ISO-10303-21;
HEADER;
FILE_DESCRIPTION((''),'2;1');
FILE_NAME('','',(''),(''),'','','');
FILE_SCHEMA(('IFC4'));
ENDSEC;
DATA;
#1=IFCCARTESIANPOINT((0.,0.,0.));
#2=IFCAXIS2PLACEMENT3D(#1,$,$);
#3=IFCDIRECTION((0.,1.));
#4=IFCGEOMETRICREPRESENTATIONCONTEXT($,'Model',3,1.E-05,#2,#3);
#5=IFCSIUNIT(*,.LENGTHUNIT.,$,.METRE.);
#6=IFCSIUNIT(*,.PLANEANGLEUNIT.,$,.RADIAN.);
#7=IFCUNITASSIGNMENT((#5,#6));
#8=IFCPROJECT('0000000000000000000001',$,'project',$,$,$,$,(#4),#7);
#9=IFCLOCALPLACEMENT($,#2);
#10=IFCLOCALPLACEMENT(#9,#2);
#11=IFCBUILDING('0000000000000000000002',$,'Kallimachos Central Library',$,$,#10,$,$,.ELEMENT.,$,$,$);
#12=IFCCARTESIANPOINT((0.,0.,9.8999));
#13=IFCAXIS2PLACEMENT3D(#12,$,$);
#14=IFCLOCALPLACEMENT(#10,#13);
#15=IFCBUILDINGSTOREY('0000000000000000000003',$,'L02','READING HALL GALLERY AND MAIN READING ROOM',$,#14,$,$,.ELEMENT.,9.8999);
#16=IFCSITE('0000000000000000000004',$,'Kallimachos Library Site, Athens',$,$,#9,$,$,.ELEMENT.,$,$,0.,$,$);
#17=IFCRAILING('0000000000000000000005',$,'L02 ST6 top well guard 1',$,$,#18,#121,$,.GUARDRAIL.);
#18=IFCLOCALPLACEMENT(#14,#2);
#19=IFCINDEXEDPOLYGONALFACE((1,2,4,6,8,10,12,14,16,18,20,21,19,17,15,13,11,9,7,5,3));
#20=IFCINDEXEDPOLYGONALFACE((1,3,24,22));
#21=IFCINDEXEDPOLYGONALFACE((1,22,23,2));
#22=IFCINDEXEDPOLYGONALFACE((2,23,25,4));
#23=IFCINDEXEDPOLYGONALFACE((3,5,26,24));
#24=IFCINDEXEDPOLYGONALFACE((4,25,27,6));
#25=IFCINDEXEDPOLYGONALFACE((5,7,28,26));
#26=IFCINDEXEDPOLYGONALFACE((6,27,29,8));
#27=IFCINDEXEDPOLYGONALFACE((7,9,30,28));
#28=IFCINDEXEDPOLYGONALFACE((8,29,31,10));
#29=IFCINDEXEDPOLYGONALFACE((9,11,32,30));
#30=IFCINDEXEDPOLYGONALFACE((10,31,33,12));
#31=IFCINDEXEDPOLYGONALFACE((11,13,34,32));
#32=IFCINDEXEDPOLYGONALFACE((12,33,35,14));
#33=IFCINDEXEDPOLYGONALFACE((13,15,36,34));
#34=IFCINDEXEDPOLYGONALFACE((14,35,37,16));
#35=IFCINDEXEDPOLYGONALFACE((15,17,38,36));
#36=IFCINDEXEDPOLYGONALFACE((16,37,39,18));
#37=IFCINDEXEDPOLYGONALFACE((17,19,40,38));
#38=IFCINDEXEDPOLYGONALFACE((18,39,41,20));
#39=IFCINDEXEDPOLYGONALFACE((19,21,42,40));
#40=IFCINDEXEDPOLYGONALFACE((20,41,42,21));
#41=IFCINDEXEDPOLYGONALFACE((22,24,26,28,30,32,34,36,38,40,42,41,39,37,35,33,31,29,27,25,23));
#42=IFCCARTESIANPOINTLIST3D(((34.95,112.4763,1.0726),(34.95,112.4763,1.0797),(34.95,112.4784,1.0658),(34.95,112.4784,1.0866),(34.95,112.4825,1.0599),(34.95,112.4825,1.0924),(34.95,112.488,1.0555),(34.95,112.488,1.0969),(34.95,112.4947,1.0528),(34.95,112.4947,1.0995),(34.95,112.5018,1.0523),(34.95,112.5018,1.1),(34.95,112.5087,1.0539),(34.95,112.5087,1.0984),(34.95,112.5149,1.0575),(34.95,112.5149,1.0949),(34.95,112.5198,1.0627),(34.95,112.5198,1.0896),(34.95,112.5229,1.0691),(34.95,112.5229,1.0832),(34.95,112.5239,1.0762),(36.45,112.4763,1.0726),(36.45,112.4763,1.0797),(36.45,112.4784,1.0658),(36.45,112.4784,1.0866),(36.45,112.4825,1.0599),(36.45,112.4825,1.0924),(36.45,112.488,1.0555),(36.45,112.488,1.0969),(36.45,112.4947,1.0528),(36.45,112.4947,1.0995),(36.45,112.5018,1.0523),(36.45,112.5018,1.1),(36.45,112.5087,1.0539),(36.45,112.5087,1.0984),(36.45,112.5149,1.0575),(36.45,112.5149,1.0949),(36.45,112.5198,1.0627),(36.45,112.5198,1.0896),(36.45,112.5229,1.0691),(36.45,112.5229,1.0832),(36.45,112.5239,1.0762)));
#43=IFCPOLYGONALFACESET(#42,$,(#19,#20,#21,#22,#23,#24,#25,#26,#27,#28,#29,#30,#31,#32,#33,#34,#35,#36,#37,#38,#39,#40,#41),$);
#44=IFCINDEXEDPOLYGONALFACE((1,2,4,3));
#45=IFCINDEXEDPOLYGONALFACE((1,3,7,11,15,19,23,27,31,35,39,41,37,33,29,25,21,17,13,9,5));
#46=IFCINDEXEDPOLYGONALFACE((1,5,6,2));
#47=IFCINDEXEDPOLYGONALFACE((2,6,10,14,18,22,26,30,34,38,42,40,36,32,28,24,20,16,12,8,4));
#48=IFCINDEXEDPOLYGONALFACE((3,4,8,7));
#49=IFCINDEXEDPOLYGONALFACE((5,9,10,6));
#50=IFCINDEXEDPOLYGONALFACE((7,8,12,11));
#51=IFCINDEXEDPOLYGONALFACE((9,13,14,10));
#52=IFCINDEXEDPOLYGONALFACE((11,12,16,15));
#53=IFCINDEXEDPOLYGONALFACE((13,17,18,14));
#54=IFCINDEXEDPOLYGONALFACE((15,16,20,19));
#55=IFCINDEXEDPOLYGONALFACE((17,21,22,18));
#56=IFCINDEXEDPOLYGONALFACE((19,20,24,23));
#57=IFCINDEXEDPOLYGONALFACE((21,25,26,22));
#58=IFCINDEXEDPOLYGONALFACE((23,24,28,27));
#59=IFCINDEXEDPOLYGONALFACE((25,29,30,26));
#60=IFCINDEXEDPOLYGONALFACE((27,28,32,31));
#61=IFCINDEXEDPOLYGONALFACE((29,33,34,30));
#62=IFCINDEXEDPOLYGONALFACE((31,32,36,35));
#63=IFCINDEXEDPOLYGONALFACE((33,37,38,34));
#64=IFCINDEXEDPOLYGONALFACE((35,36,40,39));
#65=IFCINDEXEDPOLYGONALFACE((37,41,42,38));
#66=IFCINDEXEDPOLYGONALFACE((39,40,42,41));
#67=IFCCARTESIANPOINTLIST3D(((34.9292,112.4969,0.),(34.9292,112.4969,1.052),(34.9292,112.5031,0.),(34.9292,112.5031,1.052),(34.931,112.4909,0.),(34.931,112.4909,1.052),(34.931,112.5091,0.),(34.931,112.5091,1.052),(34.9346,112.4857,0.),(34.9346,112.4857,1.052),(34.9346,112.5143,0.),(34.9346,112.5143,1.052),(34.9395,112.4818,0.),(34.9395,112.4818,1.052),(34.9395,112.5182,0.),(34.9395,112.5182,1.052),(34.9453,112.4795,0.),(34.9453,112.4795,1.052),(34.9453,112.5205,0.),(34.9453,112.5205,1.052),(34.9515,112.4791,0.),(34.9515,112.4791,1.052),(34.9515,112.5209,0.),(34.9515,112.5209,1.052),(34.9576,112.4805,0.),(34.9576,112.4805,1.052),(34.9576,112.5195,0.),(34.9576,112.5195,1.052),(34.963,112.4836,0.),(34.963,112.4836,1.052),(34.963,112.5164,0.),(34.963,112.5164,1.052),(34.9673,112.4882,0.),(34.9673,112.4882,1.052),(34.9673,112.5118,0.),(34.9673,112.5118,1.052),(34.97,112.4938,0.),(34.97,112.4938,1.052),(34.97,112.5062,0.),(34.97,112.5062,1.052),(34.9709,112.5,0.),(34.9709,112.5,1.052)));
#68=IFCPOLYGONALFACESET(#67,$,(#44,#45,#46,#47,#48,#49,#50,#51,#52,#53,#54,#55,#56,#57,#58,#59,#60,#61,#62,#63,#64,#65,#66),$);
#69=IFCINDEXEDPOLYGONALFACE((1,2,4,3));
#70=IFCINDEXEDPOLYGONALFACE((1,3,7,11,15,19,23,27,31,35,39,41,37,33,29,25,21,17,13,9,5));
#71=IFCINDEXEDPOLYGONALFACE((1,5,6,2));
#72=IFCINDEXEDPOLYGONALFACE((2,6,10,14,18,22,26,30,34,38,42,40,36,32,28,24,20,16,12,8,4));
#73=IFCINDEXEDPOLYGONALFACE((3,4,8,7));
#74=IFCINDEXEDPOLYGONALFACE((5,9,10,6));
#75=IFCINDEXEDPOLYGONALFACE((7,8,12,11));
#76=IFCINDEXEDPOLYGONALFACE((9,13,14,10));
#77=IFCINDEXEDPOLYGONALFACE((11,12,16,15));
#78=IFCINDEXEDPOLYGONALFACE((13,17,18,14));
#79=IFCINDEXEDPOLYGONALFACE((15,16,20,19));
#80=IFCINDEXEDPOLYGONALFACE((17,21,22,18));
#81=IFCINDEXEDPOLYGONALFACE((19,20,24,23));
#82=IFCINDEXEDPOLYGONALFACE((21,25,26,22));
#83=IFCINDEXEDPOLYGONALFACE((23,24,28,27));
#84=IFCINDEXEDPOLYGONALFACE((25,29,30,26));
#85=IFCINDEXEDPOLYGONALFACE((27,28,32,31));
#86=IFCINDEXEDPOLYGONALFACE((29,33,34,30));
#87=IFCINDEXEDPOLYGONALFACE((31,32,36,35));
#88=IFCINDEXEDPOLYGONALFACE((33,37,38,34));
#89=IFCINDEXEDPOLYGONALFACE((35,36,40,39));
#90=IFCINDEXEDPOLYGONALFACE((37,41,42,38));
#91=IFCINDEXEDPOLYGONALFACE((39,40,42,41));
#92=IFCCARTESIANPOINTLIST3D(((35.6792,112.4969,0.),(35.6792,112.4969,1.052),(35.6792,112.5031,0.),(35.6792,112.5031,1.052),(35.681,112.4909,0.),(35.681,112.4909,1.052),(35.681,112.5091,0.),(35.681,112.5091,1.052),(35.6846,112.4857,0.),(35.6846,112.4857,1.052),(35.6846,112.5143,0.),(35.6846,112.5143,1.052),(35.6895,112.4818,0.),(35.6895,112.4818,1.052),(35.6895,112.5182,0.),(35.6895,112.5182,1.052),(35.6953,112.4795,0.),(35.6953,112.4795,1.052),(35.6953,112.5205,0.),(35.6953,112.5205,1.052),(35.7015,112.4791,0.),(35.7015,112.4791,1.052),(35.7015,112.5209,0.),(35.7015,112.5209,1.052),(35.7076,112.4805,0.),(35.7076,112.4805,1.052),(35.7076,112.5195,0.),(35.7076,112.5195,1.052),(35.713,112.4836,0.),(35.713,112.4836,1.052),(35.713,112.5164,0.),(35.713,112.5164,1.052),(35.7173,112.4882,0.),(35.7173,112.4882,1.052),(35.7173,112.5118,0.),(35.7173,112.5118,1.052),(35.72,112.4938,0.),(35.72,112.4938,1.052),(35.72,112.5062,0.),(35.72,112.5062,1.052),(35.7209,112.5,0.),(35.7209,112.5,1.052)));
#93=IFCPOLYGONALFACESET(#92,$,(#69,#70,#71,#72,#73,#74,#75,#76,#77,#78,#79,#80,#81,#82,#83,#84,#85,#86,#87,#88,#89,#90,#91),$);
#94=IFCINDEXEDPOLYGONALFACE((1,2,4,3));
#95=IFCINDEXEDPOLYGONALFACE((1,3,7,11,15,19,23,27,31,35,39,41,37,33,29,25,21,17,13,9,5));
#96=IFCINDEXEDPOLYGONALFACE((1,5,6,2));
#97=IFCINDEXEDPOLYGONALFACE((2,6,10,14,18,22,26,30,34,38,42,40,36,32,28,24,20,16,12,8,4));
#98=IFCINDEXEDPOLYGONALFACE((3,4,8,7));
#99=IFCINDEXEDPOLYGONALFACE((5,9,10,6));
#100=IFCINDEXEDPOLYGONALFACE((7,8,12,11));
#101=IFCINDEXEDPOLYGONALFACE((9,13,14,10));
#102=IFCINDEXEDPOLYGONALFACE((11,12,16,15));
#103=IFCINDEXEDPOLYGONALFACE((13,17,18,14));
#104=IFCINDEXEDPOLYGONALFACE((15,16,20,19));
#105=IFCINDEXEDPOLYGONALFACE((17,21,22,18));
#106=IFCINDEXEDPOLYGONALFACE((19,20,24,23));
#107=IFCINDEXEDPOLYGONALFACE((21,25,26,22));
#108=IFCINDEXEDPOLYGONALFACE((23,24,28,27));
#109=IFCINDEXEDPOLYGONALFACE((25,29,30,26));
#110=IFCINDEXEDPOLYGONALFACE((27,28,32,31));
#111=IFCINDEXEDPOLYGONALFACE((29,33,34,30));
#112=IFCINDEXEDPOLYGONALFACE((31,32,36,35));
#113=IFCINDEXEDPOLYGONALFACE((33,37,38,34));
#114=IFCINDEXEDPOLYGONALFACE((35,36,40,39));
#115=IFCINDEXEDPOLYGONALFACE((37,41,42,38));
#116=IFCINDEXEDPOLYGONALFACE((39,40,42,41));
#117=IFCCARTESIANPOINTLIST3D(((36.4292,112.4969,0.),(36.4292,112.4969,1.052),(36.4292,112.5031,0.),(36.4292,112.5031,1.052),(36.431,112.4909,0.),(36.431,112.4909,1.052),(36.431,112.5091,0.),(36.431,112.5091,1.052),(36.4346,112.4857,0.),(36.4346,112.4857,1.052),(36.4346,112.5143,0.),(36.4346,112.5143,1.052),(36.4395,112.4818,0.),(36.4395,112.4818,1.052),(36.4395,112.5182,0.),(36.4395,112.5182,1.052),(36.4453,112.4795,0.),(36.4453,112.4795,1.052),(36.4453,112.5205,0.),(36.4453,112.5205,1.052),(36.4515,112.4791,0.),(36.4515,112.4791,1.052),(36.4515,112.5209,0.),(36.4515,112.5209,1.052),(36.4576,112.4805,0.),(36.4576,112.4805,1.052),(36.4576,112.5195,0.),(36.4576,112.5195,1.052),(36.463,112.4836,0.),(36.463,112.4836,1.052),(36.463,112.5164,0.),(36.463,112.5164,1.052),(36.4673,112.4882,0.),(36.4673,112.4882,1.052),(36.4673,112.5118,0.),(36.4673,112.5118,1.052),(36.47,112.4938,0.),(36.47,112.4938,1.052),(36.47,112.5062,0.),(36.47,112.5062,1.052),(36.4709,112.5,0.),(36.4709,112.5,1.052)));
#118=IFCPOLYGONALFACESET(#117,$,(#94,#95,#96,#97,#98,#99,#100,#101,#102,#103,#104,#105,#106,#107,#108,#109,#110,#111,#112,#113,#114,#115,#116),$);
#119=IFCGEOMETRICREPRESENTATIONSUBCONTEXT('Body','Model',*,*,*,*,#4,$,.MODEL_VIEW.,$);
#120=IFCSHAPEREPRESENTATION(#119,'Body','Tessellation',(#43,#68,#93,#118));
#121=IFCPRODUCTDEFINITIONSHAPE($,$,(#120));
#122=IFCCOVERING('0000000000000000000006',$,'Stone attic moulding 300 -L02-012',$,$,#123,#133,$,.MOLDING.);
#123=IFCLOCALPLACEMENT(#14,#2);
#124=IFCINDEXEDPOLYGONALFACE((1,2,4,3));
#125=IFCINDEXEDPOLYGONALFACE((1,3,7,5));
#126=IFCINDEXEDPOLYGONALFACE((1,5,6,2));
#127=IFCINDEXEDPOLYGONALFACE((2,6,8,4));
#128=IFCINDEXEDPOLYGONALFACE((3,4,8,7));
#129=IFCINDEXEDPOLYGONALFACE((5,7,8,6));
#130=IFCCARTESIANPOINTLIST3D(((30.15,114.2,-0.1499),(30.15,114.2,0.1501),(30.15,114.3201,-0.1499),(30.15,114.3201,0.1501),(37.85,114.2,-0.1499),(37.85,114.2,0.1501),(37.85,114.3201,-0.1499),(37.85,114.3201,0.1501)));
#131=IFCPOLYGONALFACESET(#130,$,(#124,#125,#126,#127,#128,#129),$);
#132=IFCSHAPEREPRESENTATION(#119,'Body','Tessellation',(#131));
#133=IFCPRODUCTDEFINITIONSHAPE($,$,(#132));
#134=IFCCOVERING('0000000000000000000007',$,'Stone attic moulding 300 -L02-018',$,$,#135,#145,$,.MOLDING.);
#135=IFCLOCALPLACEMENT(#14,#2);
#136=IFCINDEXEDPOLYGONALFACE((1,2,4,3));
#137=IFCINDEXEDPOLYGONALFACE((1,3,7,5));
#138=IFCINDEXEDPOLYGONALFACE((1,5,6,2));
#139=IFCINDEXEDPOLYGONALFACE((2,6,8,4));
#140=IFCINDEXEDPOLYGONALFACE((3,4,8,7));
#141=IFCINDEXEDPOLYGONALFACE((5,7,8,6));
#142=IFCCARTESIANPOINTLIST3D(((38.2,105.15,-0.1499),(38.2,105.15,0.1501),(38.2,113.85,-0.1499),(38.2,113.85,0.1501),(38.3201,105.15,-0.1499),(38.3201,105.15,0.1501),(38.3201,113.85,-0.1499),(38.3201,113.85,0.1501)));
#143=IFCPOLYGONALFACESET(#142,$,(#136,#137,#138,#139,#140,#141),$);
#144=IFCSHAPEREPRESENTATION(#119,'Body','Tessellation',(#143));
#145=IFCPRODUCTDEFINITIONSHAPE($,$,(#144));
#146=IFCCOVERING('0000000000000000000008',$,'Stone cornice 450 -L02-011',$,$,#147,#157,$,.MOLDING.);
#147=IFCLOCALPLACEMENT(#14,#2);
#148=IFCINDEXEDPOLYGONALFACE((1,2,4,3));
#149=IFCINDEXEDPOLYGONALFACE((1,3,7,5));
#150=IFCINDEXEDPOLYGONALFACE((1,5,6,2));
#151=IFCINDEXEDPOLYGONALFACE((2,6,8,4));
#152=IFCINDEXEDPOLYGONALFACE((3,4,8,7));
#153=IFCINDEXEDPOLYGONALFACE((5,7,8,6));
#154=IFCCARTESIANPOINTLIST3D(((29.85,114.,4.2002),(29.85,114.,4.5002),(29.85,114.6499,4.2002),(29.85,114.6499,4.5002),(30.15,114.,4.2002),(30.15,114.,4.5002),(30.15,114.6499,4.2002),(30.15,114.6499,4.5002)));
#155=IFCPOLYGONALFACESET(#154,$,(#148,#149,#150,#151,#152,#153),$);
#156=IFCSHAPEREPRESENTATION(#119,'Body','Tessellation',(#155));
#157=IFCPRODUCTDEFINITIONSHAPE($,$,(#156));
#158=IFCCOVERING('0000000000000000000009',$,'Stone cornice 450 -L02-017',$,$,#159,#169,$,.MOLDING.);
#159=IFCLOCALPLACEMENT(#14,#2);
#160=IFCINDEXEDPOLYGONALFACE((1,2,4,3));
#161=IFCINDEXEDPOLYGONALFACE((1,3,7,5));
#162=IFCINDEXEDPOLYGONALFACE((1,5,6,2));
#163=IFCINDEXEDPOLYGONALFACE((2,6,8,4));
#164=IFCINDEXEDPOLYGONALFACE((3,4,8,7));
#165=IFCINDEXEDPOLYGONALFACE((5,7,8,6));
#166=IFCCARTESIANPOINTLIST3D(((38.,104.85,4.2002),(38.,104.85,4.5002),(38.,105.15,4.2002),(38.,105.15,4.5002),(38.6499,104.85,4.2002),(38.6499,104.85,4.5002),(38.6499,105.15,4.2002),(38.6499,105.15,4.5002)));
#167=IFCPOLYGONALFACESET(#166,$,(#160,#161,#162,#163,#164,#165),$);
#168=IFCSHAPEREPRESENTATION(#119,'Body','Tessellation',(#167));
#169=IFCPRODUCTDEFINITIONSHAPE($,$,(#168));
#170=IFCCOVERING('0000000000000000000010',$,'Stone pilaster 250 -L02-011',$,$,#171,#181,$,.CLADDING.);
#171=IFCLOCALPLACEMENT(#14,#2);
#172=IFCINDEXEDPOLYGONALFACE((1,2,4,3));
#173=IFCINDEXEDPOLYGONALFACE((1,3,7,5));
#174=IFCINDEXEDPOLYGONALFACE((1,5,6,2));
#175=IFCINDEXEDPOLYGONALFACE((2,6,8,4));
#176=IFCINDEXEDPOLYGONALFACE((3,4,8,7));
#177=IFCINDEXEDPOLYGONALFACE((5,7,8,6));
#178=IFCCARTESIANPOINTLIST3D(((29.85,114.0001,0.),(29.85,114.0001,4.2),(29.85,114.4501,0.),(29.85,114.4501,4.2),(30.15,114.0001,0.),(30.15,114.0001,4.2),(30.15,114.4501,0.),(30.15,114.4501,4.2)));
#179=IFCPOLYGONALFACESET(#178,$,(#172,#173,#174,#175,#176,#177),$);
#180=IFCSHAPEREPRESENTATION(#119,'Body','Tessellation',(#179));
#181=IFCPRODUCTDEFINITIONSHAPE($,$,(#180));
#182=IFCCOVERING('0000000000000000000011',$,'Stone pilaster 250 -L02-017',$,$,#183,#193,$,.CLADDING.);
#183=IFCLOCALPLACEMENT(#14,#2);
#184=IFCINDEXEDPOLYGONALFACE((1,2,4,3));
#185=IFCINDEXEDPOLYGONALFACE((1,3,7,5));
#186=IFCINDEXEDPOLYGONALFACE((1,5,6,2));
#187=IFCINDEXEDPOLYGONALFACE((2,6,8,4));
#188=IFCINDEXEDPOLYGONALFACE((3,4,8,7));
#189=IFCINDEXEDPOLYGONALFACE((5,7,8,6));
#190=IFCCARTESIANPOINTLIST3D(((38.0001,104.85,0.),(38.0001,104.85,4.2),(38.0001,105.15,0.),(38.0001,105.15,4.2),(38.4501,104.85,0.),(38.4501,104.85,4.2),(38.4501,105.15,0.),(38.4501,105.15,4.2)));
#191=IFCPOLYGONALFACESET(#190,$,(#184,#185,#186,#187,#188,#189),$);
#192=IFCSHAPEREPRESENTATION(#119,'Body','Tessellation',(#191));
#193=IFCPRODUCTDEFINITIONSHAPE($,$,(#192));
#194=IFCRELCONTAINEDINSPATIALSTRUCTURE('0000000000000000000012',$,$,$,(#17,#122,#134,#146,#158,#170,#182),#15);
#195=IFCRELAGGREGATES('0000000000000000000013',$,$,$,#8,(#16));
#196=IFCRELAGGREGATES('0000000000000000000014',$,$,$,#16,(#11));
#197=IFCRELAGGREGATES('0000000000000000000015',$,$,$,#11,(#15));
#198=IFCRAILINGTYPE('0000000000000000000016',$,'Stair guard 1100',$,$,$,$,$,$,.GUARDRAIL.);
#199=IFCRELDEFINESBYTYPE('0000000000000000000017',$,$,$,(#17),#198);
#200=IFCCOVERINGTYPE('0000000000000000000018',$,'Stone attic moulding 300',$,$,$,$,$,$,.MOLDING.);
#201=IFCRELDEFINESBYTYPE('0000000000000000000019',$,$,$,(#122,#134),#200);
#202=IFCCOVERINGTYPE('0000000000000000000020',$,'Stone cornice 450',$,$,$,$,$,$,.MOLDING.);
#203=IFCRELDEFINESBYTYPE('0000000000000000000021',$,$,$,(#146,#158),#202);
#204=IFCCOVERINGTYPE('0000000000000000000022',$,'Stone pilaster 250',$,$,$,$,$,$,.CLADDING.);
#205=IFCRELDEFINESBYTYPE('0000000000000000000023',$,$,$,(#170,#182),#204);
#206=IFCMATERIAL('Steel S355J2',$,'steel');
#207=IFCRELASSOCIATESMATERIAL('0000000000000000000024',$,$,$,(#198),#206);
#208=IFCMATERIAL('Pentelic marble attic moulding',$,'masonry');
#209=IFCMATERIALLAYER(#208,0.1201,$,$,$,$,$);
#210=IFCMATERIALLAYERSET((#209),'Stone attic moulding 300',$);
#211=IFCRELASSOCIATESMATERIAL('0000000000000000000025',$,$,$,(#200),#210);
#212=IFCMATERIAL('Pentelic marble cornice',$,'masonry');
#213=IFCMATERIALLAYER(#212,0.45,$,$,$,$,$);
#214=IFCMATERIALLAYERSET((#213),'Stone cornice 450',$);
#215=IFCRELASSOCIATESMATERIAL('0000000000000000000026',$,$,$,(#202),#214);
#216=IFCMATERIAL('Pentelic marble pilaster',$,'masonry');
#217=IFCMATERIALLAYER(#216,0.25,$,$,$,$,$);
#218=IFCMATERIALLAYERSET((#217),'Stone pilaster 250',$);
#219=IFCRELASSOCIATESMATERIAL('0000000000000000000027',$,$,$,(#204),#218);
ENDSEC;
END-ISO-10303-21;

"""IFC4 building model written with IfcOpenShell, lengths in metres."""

from ifc_helpers import new_model, si_unit, direction, frame, origin, origin_2d, place, context, subcontext, project, spatial, rectangle, circle, extrude, material, layer, layer_set, type_object, element, save


model = new_model("IFC4")

# Units and contexts
model_context = context("Model", 3, precision=1e-05, world=origin(), true_north=direction((0.0, 1.0)))
body_context = subcontext(model_context, "Body", "Model", "MODEL_VIEW")
ifc_project = project(units=[si_unit("LENGTHUNIT", "METRE"), si_unit("PLANEANGLEUNIT", "RADIAN")], contexts=[model_context])

# Site, building, storey
site_placement = place(None, origin())
site = spatial("IfcSite", under=ifc_project, at=site_placement, Name="Kallimachos Library Site, Athens", CompositionType="ELEMENT", RefElevation=0.0)
building_placement = place(site_placement, origin())
building = spatial("IfcBuilding", under=site, at=building_placement, Name="Kallimachos Central Library", CompositionType="ELEMENT")
storey_placement = place(building_placement, frame((0.0, 0.0, 9.8999)))
storey = spatial("IfcBuildingStorey", under=building, at=storey_placement, Name="L02", Description="READING HALL GALLERY AND MAIN READING ROOM", CompositionType="ELEMENT", Elevation=9.8999)

# Railing
ifc_material_1 = material(Name="Steel S355J2", Category="steel")
railing_type_1 = type_object("IfcRailingType", Name="Stair guard 1100", PredefinedType="GUARDRAIL", material=ifc_material_1)
railing_1_placement = place(storey_placement, frame((34.95, 112.5, 0.0)))
element("IfcRailing", 1, at=railing_1_placement, inside=storey, type_object=railing_type_1, Name="L02 ST6 top well guard 1", PredefinedType="GUARDRAIL", context=body_context, shape_type="SweptSolid", body=[
    extrude(circle(Radius=0.0239, at=origin_2d()), frame((0.0, 0.0, 1.0762), z_axis=(1.0, 0.0, 0.0), x_axis=(0.0, 1.0, 0.0)), (0.0, 0.0, 1.0), 1.5),
    extrude(circle(Radius=0.021, at=origin_2d()), origin(), (0.0, 0.0, 1.0), 1.052),
    extrude(circle(Radius=0.021, at=origin_2d()), frame((0.75, 0.0, 0.0)), (0.0, 0.0, 1.0), 1.052),
    extrude(circle(Radius=0.021, at=origin_2d()), frame((1.5, 0.0, 0.0)), (0.0, 0.0, 1.0), 1.052),
])

# Coverings
ifc_material_2 = material(Name="Pentelic marble attic moulding", Category="masonry")
ifc_layer_1 = layer(ifc_material_2, 0.1201)
ifc_layer_set_1 = layer_set([ifc_layer_1], Name="Stone attic moulding 300")
covering_type_1 = type_object("IfcCoveringType", Name="Stone attic moulding 300", PredefinedType="MOLDING", material=ifc_layer_set_1)
covering_1_placement = place(storey_placement, frame((34.0, 114.26, -0.1499), z_axis=(0.0, 0.0, 1.0), x_axis=(1.0, 0.0, 0.0)))
element("IfcCovering", 2, at=covering_1_placement, inside=storey, type_object=covering_type_1, Name="Stone attic moulding 300 -L02-012", PredefinedType="MOLDING", context=body_context, shape_type="SweptSolid", body=[
    extrude(rectangle(XDim=7.7, YDim=0.1201, at=origin_2d()), origin(), (0.0, 0.0, 1.0), 0.3),
])
covering_2_placement = place(storey_placement, frame((38.26, 109.5, -0.1499), z_axis=(0.0, 0.0, 1.0), x_axis=(1.0, 0.0, 0.0)))
element("IfcCovering", 3, at=covering_2_placement, inside=storey, type_object=covering_type_1, Name="Stone attic moulding 300 -L02-018", PredefinedType="MOLDING", context=body_context, shape_type="SweptSolid", body=[
    extrude(rectangle(XDim=0.1201, YDim=8.7, at=origin_2d()), origin(), (0.0, 0.0, 1.0), 0.3),
])
ifc_material_3 = material(Name="Pentelic marble cornice", Category="masonry")
ifc_layer_2 = layer(ifc_material_3, 0.45)
ifc_layer_set_2 = layer_set([ifc_layer_2], Name="Stone cornice 450")
covering_type_2 = type_object("IfcCoveringType", Name="Stone cornice 450", PredefinedType="MOLDING", material=ifc_layer_set_2)
covering_3_placement = place(storey_placement, frame((30.0, 114.325, 4.2002), z_axis=(0.0, 0.0, 1.0), x_axis=(1.0, 0.0, 0.0)))
element("IfcCovering", 4, at=covering_3_placement, inside=storey, type_object=covering_type_2, Name="Stone cornice 450 -L02-011", PredefinedType="MOLDING", context=body_context, shape_type="SweptSolid", body=[
    extrude(rectangle(XDim=0.3, YDim=0.6499, at=origin_2d()), origin(), (0.0, 0.0, 1.0), 0.3),
])
covering_4_placement = place(storey_placement, frame((38.325, 105.0, 4.2002), z_axis=(0.0, 0.0, 1.0), x_axis=(1.0, 0.0, 0.0)))
element("IfcCovering", 5, at=covering_4_placement, inside=storey, type_object=covering_type_2, Name="Stone cornice 450 -L02-017", PredefinedType="MOLDING", context=body_context, shape_type="SweptSolid", body=[
    extrude(rectangle(XDim=0.6499, YDim=0.3, at=origin_2d()), origin(), (0.0, 0.0, 1.0), 0.3),
])
ifc_material_4 = material(Name="Pentelic marble pilaster", Category="masonry")
ifc_layer_3 = layer(ifc_material_4, 0.25)
ifc_layer_set_3 = layer_set([ifc_layer_3], Name="Stone pilaster 250")
covering_type_3 = type_object("IfcCoveringType", Name="Stone pilaster 250", PredefinedType="CLADDING", material=ifc_layer_set_3)
covering_5_placement = place(storey_placement, frame((30.0, 114.2251, 0.0), z_axis=(0.0, 0.0, 1.0), x_axis=(1.0, 0.0, 0.0)))
element("IfcCovering", 6, at=covering_5_placement, inside=storey, type_object=covering_type_3, Name="Stone pilaster 250 -L02-011", PredefinedType="CLADDING", context=body_context, shape_type="SweptSolid", body=[
    extrude(rectangle(XDim=0.3, YDim=0.45, at=origin_2d()), origin(), (0.0, 0.0, 1.0), 4.2),
])
covering_6_placement = place(storey_placement, frame((38.2251, 105.0, 0.0), z_axis=(0.0, 0.0, 1.0), x_axis=(1.0, 0.0, 0.0)))
element("IfcCovering", 7, at=covering_6_placement, inside=storey, type_object=covering_type_3, Name="Stone pilaster 250 -L02-017", PredefinedType="CLADDING", context=body_context, shape_type="SweptSolid", body=[
    extrude(rectangle(XDim=0.45, YDim=0.3, at=origin_2d()), origin(), (0.0, 0.0, 1.0), 4.2),
])

save(model, "model.ifc")
